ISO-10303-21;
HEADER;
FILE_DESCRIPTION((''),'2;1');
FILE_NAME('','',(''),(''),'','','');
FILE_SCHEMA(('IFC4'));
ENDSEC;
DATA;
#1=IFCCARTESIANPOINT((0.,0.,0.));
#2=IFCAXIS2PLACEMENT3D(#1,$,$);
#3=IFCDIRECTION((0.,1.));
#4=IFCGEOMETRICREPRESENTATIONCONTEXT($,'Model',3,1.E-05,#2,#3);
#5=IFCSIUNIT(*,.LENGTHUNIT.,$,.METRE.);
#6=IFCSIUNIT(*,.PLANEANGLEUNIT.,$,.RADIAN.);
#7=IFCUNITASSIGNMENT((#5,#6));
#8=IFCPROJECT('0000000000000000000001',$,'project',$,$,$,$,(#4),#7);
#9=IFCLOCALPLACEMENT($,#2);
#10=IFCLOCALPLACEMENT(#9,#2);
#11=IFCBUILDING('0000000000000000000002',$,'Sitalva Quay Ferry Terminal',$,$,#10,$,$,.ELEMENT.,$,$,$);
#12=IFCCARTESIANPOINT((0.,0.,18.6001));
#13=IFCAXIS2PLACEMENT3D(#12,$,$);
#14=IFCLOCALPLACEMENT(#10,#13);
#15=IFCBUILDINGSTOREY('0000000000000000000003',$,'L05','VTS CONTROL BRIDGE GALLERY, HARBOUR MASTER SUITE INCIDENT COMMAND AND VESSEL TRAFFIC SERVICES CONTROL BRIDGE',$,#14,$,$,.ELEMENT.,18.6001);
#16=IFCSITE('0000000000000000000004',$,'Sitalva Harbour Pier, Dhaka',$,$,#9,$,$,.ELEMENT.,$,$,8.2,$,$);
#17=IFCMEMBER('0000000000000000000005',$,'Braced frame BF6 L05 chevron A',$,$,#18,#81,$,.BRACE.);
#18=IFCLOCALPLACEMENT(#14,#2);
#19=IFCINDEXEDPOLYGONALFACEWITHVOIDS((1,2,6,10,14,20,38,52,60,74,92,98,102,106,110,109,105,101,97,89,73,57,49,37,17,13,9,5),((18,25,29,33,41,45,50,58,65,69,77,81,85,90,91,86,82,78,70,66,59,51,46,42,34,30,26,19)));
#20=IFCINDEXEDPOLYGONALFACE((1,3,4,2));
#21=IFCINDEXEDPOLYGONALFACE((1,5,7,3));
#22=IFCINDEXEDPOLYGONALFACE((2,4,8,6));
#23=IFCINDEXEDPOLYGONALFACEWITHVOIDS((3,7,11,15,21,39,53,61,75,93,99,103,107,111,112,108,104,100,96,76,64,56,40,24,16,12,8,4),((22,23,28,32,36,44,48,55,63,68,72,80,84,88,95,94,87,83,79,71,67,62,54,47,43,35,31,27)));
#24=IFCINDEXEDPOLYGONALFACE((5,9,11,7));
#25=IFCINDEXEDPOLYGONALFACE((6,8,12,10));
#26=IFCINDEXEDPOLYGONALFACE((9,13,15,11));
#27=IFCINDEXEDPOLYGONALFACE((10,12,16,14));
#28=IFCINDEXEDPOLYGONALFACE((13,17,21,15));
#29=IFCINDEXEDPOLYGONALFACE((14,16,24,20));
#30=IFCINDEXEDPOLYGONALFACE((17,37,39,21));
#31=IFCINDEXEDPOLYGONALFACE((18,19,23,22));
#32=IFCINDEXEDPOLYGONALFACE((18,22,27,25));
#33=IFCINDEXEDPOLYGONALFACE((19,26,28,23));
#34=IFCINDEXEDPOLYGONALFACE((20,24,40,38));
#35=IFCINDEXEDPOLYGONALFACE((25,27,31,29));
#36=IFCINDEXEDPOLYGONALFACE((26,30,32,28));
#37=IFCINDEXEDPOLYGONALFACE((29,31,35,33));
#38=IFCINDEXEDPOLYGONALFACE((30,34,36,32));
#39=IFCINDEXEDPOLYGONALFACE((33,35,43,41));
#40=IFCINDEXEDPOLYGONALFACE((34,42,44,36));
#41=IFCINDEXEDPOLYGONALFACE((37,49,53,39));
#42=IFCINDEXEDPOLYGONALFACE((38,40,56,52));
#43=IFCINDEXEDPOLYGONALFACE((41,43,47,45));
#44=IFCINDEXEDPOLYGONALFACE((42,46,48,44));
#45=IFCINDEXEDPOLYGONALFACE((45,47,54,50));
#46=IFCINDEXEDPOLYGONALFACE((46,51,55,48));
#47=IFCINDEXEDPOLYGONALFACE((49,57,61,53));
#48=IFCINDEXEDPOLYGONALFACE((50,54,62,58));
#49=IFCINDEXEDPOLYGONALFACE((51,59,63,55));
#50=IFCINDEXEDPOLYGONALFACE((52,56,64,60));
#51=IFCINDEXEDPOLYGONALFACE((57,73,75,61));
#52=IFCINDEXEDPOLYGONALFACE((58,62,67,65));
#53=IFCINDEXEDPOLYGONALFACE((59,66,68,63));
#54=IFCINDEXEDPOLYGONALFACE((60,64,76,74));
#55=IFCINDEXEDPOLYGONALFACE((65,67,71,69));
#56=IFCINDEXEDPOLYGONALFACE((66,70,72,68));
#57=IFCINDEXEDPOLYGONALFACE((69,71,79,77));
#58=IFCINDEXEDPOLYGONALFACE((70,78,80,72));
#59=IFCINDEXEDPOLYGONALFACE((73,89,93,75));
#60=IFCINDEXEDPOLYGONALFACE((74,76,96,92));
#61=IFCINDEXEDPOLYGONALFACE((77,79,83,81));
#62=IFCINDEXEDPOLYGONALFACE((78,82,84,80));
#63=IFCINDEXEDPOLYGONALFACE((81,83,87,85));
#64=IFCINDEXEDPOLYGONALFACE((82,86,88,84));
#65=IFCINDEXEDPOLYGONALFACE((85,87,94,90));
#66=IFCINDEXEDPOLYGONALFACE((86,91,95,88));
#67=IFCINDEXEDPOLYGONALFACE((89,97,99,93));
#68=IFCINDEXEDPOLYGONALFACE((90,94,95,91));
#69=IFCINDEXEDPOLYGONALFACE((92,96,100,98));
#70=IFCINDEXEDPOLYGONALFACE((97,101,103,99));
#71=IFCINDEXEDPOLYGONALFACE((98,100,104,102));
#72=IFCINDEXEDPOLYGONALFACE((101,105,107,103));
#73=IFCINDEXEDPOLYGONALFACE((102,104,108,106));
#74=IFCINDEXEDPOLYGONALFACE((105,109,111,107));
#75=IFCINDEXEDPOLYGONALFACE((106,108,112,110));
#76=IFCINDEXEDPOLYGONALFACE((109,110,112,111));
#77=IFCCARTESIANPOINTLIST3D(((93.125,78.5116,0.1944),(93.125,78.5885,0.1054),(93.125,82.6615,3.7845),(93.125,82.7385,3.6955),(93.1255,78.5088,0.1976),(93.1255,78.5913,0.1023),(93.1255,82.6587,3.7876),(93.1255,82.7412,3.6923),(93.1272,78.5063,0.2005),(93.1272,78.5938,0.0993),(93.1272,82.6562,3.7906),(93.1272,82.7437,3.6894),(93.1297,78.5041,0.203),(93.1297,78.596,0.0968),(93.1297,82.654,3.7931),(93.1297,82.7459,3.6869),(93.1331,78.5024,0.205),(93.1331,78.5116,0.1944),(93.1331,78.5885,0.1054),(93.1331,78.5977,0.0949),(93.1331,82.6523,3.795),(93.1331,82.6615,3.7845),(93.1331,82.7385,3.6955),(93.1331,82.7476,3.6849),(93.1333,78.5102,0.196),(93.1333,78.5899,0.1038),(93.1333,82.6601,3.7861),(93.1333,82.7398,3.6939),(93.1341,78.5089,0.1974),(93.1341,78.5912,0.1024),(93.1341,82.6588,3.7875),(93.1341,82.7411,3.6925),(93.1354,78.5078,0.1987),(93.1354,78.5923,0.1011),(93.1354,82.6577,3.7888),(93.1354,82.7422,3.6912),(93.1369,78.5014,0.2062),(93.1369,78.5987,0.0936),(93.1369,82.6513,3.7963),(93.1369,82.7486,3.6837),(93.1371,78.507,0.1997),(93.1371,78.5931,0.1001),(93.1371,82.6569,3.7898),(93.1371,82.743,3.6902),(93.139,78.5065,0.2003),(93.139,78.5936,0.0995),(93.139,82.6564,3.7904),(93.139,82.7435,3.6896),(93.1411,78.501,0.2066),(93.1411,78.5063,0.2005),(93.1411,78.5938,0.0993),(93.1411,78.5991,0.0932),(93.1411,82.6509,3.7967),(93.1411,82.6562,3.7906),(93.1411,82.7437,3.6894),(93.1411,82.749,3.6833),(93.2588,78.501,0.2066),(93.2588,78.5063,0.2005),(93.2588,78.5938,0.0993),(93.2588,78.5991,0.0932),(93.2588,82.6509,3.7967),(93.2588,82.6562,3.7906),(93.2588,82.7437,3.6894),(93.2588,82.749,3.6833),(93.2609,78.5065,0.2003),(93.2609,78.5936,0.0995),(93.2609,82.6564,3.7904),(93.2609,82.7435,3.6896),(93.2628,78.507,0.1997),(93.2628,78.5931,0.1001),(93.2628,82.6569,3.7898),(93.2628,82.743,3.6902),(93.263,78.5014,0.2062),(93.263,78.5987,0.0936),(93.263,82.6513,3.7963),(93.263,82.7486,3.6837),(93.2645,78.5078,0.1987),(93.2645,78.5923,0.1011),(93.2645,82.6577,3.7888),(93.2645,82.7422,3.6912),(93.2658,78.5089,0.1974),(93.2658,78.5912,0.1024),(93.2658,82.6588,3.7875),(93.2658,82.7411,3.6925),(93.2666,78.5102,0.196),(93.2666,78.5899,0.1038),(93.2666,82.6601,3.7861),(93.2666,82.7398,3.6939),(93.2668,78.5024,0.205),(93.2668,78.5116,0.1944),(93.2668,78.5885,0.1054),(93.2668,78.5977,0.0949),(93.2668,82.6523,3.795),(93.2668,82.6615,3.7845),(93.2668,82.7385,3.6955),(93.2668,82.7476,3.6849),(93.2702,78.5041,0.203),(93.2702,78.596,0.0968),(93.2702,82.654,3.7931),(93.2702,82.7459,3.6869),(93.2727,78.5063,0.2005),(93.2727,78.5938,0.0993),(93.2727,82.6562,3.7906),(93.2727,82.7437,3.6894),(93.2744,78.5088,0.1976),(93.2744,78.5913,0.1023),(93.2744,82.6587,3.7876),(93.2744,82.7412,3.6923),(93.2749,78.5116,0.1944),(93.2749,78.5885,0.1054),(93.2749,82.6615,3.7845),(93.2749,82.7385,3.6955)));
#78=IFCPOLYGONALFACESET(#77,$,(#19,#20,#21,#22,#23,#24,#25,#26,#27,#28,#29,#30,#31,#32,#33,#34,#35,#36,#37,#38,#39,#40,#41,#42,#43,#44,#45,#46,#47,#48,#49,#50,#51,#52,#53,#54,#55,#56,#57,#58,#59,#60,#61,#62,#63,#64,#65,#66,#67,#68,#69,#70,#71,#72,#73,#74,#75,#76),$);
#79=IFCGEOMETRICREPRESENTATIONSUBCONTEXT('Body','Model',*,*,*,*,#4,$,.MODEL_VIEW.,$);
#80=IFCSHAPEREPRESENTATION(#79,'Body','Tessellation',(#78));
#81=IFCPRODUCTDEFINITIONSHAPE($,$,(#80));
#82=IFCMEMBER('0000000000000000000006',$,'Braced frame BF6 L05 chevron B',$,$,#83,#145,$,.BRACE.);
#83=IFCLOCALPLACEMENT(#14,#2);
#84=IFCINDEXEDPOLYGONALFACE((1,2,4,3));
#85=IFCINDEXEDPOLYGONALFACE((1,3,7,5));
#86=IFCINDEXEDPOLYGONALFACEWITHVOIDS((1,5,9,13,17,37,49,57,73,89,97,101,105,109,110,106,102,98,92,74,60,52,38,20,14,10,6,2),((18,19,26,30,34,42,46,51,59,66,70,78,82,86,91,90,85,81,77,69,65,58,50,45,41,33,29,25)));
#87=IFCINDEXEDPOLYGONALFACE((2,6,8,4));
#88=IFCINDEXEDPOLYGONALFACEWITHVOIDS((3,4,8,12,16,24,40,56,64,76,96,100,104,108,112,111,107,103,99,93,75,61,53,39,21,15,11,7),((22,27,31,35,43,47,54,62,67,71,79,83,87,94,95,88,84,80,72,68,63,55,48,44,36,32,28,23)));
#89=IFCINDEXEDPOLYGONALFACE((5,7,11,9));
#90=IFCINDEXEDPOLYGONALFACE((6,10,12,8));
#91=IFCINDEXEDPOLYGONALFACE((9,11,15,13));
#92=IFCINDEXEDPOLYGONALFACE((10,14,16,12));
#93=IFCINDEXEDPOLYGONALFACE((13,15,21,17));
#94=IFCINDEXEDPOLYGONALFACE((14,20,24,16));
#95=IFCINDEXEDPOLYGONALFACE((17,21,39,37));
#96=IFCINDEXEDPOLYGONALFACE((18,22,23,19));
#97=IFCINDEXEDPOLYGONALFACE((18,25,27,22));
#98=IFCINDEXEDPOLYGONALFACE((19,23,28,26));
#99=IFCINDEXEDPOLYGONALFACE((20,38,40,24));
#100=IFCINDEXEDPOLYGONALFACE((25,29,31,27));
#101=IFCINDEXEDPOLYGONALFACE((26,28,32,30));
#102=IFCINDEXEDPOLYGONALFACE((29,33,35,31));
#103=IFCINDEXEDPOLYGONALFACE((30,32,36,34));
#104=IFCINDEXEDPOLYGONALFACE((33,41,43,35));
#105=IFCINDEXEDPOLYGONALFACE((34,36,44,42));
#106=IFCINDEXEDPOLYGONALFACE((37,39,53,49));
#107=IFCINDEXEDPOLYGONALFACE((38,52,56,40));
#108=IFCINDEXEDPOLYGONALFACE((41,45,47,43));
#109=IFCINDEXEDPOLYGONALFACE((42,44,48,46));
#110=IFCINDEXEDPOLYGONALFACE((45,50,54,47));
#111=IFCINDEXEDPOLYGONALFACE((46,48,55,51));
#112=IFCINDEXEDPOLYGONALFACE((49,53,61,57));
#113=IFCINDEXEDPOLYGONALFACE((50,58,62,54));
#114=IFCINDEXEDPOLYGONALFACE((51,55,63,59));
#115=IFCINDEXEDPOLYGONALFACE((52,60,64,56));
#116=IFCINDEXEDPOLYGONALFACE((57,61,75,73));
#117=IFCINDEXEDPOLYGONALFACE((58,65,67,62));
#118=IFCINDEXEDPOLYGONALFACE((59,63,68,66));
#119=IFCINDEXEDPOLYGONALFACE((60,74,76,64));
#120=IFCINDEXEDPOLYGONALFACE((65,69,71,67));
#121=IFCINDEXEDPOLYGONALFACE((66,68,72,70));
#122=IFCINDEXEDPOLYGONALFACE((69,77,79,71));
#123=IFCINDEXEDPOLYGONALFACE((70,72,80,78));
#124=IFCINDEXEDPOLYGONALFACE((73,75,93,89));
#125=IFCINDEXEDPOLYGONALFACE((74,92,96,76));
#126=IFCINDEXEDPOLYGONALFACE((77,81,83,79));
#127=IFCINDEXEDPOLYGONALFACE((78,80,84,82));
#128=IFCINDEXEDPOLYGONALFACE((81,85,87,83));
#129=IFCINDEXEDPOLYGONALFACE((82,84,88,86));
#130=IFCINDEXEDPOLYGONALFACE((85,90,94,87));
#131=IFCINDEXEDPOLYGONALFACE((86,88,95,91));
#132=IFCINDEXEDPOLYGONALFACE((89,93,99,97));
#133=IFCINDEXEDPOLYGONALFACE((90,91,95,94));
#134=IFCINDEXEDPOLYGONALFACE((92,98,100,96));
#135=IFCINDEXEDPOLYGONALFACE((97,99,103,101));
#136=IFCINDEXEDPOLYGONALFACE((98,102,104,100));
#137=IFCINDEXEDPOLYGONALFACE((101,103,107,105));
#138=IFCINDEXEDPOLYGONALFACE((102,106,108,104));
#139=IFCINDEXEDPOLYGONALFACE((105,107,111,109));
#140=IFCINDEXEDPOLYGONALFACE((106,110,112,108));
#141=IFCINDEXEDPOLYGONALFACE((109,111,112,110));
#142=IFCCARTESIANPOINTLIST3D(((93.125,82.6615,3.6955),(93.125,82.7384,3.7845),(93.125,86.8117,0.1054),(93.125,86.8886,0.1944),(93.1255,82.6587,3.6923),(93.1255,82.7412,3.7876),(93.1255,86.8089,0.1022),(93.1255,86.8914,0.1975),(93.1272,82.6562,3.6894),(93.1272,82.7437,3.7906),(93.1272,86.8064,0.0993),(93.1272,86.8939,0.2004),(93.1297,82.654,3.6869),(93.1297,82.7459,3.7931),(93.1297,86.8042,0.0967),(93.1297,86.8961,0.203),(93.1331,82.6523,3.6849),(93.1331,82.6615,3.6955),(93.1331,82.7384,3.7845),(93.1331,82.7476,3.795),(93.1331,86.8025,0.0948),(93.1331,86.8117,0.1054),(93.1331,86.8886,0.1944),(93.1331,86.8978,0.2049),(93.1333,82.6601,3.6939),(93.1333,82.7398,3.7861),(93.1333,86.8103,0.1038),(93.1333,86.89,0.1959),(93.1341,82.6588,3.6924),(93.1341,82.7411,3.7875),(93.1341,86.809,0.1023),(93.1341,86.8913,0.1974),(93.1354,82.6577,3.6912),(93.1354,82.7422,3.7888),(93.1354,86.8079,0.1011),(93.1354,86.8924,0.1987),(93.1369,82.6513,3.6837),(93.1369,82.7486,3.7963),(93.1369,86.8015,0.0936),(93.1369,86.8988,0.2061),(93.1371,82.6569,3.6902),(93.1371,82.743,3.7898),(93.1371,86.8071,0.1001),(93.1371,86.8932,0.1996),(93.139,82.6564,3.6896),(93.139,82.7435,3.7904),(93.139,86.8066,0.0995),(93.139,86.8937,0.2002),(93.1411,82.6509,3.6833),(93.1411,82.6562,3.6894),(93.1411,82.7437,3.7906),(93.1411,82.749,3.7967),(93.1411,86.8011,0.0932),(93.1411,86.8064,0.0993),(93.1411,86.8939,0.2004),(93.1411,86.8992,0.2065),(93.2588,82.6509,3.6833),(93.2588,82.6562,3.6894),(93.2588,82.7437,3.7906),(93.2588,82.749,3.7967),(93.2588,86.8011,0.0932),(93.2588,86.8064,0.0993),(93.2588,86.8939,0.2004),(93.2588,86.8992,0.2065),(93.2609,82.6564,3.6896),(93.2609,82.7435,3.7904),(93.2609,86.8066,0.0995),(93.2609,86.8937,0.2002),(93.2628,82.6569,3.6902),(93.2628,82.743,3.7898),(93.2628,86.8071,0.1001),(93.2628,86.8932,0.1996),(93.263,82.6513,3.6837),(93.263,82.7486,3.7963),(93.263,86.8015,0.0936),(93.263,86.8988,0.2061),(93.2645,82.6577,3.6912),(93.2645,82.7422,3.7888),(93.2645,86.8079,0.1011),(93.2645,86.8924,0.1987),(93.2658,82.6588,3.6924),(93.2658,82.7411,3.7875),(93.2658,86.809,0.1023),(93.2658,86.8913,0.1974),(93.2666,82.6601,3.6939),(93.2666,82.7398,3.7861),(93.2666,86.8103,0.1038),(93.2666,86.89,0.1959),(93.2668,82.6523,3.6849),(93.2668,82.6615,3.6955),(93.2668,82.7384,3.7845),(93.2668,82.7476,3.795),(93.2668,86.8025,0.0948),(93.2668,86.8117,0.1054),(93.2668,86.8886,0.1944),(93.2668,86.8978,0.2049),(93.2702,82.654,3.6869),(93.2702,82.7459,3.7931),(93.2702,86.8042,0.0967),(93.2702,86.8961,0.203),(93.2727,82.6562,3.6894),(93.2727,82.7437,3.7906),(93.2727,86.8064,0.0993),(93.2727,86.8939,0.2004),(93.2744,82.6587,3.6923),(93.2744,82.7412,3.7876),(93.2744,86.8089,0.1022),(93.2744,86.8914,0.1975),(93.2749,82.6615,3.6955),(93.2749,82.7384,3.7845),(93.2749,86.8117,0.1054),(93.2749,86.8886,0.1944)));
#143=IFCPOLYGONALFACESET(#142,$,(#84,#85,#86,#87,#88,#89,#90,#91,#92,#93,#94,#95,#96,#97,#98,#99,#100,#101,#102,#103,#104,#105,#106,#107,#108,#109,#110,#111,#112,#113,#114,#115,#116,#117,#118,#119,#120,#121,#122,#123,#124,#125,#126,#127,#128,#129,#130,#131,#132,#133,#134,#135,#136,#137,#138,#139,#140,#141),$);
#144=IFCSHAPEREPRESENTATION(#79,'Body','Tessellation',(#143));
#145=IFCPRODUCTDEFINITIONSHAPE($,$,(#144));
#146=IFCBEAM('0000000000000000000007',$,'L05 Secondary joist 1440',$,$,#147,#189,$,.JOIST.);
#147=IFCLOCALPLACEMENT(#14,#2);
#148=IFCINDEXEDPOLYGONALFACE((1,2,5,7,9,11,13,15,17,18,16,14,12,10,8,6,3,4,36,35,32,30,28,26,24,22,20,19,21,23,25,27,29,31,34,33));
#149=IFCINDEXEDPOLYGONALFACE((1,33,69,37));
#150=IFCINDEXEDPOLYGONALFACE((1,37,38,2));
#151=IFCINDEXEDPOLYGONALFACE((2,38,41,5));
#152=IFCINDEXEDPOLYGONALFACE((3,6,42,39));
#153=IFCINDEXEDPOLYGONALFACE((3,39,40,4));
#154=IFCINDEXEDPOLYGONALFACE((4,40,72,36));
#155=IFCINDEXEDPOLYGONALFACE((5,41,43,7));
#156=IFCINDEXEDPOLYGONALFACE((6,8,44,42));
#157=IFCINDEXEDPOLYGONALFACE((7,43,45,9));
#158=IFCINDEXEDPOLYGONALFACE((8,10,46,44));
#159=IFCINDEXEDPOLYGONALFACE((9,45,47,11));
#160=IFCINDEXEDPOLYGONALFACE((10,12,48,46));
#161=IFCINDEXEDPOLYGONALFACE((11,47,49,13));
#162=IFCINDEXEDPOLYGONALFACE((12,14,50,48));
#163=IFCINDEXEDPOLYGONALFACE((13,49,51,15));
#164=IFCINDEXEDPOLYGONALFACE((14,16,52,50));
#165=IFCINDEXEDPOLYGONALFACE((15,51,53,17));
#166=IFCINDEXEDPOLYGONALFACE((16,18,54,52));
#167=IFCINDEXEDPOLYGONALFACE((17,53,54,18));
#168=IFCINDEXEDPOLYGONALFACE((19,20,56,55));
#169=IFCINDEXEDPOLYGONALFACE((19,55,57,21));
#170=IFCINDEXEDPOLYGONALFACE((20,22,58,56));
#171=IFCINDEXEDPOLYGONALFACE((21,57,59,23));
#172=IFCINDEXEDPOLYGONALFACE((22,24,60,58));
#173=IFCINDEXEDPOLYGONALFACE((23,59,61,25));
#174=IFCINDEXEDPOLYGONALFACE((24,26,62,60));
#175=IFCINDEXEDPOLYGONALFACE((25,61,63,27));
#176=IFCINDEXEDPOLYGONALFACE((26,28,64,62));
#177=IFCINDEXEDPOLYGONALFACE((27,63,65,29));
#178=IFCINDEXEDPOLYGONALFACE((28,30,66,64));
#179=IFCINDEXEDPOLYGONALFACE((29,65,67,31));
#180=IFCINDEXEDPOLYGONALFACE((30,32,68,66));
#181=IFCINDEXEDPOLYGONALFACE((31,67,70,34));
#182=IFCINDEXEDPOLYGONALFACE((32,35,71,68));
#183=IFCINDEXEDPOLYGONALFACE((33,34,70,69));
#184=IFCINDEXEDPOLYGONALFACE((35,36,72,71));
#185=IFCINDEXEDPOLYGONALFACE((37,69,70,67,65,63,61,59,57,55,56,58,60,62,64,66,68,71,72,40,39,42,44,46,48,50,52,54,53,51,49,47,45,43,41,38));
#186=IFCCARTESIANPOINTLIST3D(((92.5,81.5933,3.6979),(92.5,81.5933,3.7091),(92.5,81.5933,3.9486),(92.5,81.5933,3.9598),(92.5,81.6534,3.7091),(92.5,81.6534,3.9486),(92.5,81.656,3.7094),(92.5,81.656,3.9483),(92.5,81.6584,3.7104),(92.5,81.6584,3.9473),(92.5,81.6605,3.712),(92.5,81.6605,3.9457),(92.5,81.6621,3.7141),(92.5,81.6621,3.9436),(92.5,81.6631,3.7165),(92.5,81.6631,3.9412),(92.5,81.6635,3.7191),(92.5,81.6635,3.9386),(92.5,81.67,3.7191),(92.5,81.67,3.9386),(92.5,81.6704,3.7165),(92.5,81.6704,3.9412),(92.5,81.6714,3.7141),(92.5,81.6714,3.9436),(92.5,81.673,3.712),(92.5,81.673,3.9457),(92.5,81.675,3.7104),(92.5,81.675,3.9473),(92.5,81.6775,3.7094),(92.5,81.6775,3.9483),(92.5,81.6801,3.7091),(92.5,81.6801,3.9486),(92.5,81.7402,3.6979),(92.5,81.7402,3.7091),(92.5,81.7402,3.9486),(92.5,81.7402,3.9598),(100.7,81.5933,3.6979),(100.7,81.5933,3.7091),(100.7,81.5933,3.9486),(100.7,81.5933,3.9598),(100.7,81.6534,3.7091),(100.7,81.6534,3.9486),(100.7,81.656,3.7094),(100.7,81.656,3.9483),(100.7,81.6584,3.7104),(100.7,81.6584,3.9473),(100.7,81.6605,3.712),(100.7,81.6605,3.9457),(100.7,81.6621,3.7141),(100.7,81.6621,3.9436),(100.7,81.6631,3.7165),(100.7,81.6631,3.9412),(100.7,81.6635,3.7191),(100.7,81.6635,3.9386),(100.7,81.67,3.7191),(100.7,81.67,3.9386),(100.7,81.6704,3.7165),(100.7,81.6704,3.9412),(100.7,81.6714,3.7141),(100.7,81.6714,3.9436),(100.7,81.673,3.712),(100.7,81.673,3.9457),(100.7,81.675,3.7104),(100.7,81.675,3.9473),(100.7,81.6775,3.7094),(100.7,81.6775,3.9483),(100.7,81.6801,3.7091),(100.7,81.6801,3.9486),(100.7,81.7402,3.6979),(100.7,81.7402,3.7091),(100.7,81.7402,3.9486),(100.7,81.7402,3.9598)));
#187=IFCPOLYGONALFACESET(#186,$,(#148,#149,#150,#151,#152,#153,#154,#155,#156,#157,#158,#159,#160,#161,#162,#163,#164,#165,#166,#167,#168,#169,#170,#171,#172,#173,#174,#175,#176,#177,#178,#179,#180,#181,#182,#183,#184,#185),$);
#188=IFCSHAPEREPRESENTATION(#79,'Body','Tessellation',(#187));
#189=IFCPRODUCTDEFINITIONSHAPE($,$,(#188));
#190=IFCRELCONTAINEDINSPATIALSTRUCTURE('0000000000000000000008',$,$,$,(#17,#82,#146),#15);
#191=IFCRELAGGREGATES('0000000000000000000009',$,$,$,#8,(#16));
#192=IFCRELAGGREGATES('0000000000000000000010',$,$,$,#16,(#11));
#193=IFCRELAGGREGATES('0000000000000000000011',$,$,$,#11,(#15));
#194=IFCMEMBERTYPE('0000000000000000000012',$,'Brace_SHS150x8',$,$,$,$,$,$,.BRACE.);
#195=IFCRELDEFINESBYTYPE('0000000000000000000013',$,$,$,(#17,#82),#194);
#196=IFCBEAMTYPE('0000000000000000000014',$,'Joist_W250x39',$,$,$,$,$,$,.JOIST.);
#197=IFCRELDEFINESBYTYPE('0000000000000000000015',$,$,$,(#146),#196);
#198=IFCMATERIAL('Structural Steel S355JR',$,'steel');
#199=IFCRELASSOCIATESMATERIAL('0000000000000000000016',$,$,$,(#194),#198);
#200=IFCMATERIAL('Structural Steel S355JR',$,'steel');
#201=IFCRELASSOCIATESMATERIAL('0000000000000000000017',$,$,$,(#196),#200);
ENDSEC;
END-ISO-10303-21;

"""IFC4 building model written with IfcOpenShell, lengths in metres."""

from ifc_helpers import new_model, si_unit, direction, frame, origin, origin_2d, place, context, subcontext, project, spatial, hollow_rectangle, i_section, extrude, material, material_profile, profile_set, type_object, element, save


model = new_model("IFC4")

# Units and contexts
model_context = context("Model", 3, precision=1e-05, world=origin(), true_north=direction((0.0, 1.0)))
body_context = subcontext(model_context, "Body", "Model", "MODEL_VIEW")
ifc_project = project(units=[si_unit("LENGTHUNIT", "METRE"), si_unit("PLANEANGLEUNIT", "RADIAN")], contexts=[model_context])

# Site, building, storey
site_placement = place(None, origin())
site = spatial("IfcSite", under=ifc_project, at=site_placement, Name="Sitalva Harbour Pier, Dhaka", CompositionType="ELEMENT", RefElevation=8.2)
building_placement = place(site_placement, origin())
building = spatial("IfcBuilding", under=site, at=building_placement, Name="Sitalva Quay Ferry Terminal", CompositionType="ELEMENT")
storey_placement = place(building_placement, frame((0.0, 0.0, 18.6001)))
storey = spatial("IfcBuildingStorey", under=building, at=storey_placement, Name="L05", Description="VTS CONTROL BRIDGE GALLERY, HARBOUR MASTER SUITE INCIDENT COMMAND AND VESSEL TRAFFIC SERVICES CONTROL BRIDGE", CompositionType="ELEMENT", Elevation=18.6001)

# Members
ifc_material_1 = material(Name="Structural Steel S355JR", Category="steel")
ifc_material_profile_1 = material_profile(ifc_material_1, hollow_rectangle(XDim=0.1499, YDim=0.1499, WallThickness=0.0081, InnerFilletRadius=0.0081, OuterFilletRadius=0.0161, at=origin_2d()), Name="SHS150x150x8")
ifc_profile_set_1 = profile_set([ifc_material_profile_1], Name="Structural Steel S355JR")
member_type_1 = type_object("IfcMemberType", Name="Brace_SHS150x8", PredefinedType="BRACE", material=ifc_profile_set_1)
member_1_placement = place(storey_placement, frame((93.2, 78.55, 0.1499), z_axis=(0.0, 0.756275, 0.654254), x_axis=(-1.0, 0.0, 0.0)))
element("IfcMember", 1, at=member_1_placement, inside=storey, type_object=member_type_1, Name="Braced frame BF6 L05 chevron A", PredefinedType="BRACE", context=body_context, shape_type="SweptSolid", body=[
    extrude(hollow_rectangle(XDim=0.1499, YDim=0.1499, WallThickness=0.0081, InnerFilletRadius=0.0081, OuterFilletRadius=0.0161, at=origin_2d()), origin(), (0.0, 0.0, 1.0), 5.4873),
])
member_2_placement = place(storey_placement, frame((93.2, 82.7, 3.74), z_axis=(0.0, 0.756294, -0.654232), x_axis=(-1.0, 0.0, 0.0)))
element("IfcMember", 2, at=member_2_placement, inside=storey, type_object=member_type_1, Name="Braced frame BF6 L05 chevron B", PredefinedType="BRACE", context=body_context, shape_type="SweptSolid", body=[
    extrude(hollow_rectangle(XDim=0.1499, YDim=0.1499, WallThickness=0.0081, InnerFilletRadius=0.0081, OuterFilletRadius=0.0161, at=origin_2d()), origin(), (0.0, 0.0, 1.0), 5.4875),
])

# Beam
ifc_material_2 = material(Name="Structural Steel S355JR", Category="steel")
ifc_material_profile_2 = material_profile(ifc_material_2, i_section(OverallWidth=0.147, OverallDepth=0.262, WebThickness=0.0066, FlangeThickness=0.0112, FilletRadius=0.01, at=origin_2d()), Name="W250x39")
ifc_profile_set_2 = profile_set([ifc_material_profile_2], Name="Structural Steel S355JR")
beam_type_1 = type_object("IfcBeamType", Name="Joist_W250x39", PredefinedType="JOIST", material=ifc_profile_set_2)
for number, where, z_axis, x_axis, name in (
    (3, (92.5, 81.6667, 3.8289), (1.0, 0.0, 0.0), (0.0, 1.0, 0.0), "L05 Secondary joist 1440"),
):
    element("IfcBeam", number, at=place(storey_placement, frame(where, z_axis=z_axis, x_axis=x_axis)), inside=storey, type_object=beam_type_1, Name=name, PredefinedType="JOIST", context=body_context, shape_type="SweptSolid", body=[
        extrude(i_section(OverallWidth=0.147, OverallDepth=0.262, WebThickness=0.0066, FlangeThickness=0.0112, FilletRadius=0.01, at=origin_2d()), origin(), (0.0, 0.0, 1.0), 8.2),
    ])

save(model, "model.ifc")
